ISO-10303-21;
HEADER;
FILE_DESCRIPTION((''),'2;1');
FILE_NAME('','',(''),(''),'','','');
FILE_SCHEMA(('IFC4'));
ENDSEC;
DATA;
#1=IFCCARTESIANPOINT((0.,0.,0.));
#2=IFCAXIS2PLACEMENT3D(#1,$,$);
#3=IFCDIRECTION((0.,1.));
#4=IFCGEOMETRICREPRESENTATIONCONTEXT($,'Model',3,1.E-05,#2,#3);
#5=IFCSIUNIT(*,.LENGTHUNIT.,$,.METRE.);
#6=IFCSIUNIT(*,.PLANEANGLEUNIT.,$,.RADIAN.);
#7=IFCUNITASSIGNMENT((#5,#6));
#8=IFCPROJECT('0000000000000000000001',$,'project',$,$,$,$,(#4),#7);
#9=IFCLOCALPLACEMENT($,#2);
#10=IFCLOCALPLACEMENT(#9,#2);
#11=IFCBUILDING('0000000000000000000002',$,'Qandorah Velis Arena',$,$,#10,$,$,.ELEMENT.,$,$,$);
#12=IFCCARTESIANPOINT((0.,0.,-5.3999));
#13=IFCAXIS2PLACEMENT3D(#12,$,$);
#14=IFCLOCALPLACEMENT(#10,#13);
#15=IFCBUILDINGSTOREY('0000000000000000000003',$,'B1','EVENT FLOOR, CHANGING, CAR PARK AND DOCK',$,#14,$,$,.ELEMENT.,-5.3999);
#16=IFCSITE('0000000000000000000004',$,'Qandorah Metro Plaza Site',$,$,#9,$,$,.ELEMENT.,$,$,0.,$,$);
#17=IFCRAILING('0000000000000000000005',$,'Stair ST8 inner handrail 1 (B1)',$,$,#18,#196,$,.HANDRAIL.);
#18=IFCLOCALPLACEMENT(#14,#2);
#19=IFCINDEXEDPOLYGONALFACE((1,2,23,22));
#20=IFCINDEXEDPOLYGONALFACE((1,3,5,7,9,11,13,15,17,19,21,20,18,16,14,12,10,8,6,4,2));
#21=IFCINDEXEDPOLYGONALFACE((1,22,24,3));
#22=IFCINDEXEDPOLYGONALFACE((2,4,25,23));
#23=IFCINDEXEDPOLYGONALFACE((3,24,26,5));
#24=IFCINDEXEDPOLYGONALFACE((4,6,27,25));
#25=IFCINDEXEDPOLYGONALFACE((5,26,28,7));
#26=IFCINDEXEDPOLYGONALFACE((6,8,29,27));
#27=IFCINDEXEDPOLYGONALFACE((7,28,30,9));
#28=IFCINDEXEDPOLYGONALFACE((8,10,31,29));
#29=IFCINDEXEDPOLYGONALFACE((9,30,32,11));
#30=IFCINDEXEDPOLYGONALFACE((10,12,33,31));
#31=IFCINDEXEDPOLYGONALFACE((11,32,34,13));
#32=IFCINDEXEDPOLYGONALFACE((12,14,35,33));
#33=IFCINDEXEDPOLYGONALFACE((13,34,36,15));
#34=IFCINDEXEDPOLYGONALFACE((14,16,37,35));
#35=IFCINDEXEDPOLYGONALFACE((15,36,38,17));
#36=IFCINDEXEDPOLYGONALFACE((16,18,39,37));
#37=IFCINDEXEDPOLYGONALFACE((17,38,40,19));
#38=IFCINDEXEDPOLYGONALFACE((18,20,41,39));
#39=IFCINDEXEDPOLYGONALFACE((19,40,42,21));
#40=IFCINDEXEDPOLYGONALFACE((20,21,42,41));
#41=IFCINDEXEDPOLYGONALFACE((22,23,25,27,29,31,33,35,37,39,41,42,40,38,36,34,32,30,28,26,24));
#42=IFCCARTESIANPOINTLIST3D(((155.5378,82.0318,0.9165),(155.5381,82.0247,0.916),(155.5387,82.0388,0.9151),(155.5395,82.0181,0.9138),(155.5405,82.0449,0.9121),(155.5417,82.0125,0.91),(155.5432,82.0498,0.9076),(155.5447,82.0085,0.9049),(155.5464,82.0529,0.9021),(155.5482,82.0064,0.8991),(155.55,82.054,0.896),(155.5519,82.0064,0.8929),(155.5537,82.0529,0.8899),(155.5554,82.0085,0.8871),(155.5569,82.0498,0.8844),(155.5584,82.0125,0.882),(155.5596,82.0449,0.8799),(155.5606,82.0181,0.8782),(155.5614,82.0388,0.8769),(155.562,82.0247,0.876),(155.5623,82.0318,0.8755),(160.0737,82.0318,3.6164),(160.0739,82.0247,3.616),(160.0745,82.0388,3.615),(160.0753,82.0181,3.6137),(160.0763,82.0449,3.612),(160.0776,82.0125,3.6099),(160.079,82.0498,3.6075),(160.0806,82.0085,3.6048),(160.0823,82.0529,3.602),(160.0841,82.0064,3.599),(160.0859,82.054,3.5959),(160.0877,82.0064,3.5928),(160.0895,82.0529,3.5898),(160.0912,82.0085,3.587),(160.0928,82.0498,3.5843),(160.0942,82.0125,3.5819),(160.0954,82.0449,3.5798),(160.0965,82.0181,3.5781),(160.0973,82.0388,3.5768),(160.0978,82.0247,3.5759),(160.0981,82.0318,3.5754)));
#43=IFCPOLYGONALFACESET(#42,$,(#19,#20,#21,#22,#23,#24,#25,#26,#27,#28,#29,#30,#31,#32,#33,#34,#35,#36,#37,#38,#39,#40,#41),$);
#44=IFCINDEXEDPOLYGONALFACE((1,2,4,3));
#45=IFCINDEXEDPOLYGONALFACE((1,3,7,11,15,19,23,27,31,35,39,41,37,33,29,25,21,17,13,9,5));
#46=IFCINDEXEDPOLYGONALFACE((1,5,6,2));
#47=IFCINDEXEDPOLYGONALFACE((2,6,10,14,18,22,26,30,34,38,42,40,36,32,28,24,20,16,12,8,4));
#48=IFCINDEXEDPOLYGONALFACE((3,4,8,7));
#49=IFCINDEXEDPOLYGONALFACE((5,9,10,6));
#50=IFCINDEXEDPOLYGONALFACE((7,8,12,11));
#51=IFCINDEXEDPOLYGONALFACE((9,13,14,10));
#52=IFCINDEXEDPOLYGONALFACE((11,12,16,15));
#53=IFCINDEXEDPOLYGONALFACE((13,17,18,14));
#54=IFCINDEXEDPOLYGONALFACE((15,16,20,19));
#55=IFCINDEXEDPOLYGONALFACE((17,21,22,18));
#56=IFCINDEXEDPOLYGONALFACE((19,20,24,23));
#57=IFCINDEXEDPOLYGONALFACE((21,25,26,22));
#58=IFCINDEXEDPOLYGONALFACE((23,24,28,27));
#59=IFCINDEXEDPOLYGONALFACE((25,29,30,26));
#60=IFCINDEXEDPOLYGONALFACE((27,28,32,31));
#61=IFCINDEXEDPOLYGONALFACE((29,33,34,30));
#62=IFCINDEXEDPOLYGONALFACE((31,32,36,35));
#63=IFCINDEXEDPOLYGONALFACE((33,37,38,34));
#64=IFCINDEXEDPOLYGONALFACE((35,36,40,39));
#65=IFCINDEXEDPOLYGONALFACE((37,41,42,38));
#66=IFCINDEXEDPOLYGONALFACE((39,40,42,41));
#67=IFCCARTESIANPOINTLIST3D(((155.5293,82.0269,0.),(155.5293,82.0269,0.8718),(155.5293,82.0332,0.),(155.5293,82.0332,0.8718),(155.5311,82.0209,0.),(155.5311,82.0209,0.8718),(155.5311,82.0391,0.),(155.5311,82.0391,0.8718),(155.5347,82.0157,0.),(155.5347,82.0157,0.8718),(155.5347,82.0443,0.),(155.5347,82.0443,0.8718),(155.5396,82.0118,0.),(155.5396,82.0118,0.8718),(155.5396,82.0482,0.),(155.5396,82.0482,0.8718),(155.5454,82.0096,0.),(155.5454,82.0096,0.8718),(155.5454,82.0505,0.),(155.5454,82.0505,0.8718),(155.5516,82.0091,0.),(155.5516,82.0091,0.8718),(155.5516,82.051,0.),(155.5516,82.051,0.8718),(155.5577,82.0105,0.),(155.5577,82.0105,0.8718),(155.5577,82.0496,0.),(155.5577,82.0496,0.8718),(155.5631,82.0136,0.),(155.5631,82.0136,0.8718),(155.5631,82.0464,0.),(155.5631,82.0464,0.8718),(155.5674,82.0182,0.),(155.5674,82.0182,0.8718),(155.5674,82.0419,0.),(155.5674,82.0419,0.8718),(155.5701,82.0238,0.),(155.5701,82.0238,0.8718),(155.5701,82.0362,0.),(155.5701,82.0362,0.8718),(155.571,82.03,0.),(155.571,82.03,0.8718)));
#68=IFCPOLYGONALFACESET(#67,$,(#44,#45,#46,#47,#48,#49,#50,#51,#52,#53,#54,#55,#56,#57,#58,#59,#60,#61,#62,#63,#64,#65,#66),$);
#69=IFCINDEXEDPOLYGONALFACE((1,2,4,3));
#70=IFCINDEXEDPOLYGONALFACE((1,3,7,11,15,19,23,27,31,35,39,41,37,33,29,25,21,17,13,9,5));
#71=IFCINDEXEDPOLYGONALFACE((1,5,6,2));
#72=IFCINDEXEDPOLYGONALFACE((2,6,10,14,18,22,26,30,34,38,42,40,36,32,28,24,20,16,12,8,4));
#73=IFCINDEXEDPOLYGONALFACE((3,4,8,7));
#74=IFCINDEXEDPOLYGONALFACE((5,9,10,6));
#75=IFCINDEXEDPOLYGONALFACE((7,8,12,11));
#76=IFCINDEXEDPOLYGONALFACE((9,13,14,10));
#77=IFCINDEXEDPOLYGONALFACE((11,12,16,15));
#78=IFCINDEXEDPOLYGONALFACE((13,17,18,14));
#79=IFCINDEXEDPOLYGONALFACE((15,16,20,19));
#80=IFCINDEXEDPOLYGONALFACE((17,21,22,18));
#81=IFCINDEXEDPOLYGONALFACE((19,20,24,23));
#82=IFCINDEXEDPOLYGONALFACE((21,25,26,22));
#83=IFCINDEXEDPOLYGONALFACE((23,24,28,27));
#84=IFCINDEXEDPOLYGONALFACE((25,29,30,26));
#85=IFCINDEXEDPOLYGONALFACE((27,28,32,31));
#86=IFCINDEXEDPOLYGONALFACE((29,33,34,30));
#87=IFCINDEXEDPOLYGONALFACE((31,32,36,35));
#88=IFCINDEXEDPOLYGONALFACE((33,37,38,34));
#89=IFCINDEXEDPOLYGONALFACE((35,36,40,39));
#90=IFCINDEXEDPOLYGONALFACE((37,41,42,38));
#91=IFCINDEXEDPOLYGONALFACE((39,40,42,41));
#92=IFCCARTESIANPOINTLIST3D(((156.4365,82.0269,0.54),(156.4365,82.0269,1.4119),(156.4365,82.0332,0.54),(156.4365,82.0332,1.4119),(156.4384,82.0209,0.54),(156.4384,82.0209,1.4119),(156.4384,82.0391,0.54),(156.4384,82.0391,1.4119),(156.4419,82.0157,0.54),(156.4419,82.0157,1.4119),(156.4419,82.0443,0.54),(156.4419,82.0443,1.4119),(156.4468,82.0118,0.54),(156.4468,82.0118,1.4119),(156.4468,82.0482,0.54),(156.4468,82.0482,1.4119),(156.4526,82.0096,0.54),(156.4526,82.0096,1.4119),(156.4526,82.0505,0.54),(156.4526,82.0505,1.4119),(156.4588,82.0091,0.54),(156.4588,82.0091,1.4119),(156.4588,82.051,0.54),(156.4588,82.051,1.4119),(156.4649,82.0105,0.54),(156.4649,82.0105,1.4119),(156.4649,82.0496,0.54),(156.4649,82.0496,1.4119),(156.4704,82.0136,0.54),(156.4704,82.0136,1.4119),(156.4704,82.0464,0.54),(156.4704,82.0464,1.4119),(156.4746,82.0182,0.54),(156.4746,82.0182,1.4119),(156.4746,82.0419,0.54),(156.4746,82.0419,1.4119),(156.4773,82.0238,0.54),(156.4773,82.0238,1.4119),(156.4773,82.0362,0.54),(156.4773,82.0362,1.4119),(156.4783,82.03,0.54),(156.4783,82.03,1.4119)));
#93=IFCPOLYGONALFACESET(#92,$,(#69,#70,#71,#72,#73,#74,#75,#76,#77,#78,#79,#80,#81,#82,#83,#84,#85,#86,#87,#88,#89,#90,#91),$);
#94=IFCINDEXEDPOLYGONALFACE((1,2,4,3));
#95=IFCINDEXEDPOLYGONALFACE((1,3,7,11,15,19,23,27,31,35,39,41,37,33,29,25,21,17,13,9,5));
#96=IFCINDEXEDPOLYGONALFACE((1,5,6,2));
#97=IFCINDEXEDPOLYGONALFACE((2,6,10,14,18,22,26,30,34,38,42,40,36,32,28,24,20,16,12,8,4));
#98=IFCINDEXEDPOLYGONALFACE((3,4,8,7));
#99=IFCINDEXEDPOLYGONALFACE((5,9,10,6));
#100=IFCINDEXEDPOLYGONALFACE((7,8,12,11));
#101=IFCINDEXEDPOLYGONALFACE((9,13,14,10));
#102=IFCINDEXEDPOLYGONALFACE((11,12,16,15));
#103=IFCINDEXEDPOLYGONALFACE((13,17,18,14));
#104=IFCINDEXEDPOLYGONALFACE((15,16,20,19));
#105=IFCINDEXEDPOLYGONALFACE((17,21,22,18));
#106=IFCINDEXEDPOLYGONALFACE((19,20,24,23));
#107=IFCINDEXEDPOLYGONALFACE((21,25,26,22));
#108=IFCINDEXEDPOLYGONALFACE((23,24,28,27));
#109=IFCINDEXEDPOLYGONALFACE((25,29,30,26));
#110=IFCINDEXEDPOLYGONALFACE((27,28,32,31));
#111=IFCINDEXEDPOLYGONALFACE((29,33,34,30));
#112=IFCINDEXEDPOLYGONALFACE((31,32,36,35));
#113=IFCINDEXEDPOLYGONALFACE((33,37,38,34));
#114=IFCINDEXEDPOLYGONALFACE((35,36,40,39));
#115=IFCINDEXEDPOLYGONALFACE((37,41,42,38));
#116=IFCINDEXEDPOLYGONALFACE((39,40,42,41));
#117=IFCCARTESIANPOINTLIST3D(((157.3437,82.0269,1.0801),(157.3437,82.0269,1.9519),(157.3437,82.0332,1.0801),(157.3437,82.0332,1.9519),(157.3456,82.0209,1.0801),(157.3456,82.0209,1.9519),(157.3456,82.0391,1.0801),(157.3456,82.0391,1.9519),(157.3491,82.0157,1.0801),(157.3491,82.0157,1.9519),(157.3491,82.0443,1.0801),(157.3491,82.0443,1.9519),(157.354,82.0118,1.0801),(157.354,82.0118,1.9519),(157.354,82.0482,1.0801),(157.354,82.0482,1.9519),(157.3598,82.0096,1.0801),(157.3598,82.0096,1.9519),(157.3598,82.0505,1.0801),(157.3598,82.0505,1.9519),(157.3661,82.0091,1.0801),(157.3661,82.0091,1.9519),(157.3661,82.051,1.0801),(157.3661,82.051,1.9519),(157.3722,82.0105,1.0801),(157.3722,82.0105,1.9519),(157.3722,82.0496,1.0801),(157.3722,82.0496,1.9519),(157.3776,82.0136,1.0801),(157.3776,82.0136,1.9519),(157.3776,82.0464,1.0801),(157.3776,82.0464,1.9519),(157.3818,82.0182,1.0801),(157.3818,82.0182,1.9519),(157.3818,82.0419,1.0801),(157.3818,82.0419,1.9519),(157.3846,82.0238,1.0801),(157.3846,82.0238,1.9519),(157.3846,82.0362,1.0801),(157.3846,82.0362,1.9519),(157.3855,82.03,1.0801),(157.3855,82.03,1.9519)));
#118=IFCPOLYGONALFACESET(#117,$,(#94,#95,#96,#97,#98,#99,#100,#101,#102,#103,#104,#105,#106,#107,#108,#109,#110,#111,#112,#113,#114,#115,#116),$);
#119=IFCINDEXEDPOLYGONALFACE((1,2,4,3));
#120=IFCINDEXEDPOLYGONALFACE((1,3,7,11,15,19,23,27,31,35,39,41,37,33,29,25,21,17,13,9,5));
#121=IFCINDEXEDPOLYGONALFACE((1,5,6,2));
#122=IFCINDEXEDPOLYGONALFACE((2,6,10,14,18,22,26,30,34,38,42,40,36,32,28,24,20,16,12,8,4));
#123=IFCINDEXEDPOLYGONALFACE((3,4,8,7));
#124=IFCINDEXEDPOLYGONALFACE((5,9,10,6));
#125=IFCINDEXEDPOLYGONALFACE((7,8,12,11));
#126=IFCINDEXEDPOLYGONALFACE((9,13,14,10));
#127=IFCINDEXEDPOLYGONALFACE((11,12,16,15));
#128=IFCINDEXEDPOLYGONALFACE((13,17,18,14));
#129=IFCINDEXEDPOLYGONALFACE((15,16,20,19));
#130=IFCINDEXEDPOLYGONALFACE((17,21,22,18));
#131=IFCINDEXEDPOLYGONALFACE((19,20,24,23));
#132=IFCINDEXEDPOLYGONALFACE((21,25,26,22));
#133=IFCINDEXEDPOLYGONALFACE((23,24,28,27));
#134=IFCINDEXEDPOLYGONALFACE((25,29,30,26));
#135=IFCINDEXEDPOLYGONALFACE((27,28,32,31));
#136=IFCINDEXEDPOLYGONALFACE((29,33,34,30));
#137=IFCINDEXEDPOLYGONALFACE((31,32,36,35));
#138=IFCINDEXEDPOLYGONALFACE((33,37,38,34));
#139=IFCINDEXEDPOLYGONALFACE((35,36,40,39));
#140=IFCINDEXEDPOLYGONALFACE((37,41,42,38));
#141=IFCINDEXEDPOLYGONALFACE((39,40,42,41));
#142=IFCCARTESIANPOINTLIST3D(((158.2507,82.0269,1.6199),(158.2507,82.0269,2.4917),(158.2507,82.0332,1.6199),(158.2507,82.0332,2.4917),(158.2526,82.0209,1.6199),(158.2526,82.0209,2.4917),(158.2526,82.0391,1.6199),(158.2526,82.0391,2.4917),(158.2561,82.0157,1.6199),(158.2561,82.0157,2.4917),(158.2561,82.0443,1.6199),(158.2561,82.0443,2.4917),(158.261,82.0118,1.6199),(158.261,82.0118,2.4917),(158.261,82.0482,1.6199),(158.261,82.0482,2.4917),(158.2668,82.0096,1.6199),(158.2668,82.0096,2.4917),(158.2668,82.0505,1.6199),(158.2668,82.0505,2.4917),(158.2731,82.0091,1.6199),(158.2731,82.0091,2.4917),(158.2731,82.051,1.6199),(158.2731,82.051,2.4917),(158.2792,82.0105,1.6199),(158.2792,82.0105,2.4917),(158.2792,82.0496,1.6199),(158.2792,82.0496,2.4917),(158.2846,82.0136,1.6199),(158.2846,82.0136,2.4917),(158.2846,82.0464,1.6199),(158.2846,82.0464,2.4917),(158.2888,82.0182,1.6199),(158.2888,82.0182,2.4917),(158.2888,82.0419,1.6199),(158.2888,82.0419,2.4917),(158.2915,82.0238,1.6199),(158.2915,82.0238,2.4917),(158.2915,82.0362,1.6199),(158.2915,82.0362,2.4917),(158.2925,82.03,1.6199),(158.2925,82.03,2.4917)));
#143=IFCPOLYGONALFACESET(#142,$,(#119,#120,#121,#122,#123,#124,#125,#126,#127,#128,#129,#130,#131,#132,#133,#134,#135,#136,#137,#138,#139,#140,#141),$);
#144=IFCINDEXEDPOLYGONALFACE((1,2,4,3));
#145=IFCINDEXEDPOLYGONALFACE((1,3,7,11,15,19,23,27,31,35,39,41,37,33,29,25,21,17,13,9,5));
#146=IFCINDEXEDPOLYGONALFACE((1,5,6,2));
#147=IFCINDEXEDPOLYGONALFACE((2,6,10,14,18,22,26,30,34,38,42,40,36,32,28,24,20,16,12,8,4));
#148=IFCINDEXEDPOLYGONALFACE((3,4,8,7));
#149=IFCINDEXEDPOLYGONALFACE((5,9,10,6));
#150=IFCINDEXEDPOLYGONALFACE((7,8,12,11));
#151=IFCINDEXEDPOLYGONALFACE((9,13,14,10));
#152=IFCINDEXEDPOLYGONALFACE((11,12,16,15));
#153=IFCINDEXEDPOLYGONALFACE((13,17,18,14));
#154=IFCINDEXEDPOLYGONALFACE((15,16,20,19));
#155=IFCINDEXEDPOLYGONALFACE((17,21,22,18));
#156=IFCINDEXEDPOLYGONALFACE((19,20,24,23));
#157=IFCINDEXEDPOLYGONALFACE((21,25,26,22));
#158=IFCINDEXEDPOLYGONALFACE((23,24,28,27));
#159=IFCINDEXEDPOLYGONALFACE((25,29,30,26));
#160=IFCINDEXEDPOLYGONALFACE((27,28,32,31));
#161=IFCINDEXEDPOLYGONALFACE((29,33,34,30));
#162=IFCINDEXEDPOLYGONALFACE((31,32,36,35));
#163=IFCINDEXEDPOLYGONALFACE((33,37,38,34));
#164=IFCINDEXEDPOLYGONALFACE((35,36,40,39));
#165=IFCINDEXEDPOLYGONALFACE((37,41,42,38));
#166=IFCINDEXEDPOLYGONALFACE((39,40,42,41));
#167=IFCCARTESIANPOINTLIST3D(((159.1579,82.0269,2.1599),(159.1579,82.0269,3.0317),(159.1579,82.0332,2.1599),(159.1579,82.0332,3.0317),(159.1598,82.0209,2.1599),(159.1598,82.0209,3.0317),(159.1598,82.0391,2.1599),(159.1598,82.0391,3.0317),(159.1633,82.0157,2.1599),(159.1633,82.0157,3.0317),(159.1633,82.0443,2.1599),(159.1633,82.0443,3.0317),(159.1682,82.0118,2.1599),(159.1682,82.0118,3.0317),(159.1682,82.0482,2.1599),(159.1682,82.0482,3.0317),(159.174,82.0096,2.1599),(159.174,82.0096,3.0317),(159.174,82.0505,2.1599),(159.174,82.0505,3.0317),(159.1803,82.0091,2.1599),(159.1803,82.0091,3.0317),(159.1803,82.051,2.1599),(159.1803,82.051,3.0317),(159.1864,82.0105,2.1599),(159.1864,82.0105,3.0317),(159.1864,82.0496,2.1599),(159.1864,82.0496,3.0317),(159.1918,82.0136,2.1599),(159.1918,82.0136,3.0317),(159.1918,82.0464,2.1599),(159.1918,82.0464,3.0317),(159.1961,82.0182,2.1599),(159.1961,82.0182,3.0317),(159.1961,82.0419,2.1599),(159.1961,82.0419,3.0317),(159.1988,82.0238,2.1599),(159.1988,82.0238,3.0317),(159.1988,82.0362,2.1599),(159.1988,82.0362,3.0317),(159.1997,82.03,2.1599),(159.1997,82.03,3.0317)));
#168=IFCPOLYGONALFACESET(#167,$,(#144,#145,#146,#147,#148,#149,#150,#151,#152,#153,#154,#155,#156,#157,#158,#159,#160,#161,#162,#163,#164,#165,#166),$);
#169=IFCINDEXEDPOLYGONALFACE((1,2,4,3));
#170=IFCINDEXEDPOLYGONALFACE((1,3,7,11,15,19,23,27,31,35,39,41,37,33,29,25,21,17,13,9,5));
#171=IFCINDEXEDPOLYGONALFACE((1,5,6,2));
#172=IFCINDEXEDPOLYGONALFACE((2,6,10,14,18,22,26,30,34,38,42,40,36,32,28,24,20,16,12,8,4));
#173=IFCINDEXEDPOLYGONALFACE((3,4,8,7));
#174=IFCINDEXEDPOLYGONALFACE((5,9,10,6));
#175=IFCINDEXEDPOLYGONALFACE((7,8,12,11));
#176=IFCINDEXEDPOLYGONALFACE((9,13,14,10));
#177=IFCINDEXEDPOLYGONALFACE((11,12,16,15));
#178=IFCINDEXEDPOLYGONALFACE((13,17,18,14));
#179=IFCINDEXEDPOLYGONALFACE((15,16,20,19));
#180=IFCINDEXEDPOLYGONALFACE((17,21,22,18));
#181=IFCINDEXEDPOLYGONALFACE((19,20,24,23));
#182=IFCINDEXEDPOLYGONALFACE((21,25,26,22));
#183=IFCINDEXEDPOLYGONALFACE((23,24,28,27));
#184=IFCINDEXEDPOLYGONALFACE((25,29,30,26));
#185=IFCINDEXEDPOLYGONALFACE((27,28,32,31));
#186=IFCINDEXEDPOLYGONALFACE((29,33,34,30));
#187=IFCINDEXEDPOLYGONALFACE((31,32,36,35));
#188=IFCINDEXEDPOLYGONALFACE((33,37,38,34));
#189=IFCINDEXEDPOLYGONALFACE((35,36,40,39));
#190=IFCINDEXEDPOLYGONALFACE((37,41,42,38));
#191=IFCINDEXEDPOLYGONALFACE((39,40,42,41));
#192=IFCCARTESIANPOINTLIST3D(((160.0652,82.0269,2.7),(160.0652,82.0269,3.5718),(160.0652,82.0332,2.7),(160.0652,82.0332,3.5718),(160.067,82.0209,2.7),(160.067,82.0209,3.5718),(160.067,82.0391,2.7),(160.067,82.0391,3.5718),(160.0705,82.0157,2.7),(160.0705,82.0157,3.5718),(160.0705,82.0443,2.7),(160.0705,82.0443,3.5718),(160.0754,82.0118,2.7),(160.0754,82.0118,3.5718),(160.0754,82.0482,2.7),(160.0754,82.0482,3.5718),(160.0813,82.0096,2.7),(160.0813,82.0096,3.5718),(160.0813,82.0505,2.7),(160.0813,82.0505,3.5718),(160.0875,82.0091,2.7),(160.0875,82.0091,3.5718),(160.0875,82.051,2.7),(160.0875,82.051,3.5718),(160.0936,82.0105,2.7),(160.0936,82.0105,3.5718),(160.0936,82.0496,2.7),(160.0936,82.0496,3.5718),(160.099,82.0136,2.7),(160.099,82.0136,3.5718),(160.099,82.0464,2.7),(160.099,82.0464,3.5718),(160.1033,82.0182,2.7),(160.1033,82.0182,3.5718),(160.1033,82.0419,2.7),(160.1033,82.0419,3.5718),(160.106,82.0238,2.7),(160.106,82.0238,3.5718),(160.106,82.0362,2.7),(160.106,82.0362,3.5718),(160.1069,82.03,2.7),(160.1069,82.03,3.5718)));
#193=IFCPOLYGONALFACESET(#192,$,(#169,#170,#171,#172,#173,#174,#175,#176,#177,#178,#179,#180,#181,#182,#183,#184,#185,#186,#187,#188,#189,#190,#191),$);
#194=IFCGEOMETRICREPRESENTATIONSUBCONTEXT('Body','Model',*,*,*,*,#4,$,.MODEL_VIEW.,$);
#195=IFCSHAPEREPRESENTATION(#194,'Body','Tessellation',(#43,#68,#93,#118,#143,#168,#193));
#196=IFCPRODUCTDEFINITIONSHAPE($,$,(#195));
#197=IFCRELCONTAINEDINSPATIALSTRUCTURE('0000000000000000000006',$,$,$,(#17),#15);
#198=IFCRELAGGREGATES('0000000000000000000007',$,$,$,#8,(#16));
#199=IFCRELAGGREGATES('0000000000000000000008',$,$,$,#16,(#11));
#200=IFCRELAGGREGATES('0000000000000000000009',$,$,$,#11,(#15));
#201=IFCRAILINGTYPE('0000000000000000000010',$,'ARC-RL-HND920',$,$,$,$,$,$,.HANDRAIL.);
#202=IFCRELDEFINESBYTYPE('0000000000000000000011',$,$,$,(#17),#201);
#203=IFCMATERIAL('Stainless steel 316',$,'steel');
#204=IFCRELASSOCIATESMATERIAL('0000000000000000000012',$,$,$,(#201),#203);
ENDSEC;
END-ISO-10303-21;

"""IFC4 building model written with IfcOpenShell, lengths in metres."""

from ifc_helpers import new_model, si_unit, direction, frame, origin, origin_2d, place, context, subcontext, project, spatial, circle, extrude, material, type_object, element, save


model = new_model("IFC4")

# Units and contexts
model_context = context("Model", 3, precision=1e-05, world=origin(), true_north=direction((0.0, 1.0)))
body_context = subcontext(model_context, "Body", "Model", "MODEL_VIEW")
ifc_project = project(units=[si_unit("LENGTHUNIT", "METRE"), si_unit("PLANEANGLEUNIT", "RADIAN")], contexts=[model_context])

# Site, building, storey
site_placement = place(None, origin())
site = spatial("IfcSite", under=ifc_project, at=site_placement, Name="Qandorah Metro Plaza Site", CompositionType="ELEMENT", RefElevation=0.0)
building_placement = place(site_placement, origin())
building = spatial("IfcBuilding", under=site, at=building_placement, Name="Qandorah Velis Arena", CompositionType="ELEMENT")
storey_placement = place(building_placement, frame((0.0, 0.0, -5.3999)))
storey = spatial("IfcBuildingStorey", under=building, at=storey_placement, Name="B1", Description="EVENT FLOOR, CHANGING, CAR PARK AND DOCK", CompositionType="ELEMENT", Elevation=-5.3999)

# Railing
ifc_material_1 = material(Name="Stainless steel 316", Category="steel")
railing_type_1 = type_object("IfcRailingType", Name="ARC-RL-HND920", PredefinedType="HANDRAIL", material=ifc_material_1)
railing_1_placement = place(storey_placement, frame((155.55, 82.03, 0.0)))
element("IfcRailing", 1, at=railing_1_placement, inside=storey, type_object=railing_type_1, Name="Stair ST8 inner handrail 1 (B1)", PredefinedType="HANDRAIL", context=body_context, shape_type="SweptSolid", body=[
    extrude(circle(Radius=0.0239, at=origin_2d()), frame((0.0, 0.0, 0.896), z_axis=(0.859291, 0.0, 0.511486), x_axis=(0.0, 1.0, 0.0)), (0.0, 0.0, 1.0), 5.2786),
    extrude(circle(Radius=0.021, at=origin_2d()), origin(), (0.0, 0.0, 1.0), 0.8718),
    extrude(circle(Radius=0.021, at=origin_2d()), frame((0.9072, 0.0, 0.54)), (0.0, 0.0, 1.0), 0.8718),
    extrude(circle(Radius=0.021, at=origin_2d()), frame((1.8145, 0.0, 1.0801)), (0.0, 0.0, 1.0), 0.8718),
    extrude(circle(Radius=0.021, at=origin_2d()), frame((2.7214, 0.0, 1.6199)), (0.0, 0.0, 1.0), 0.8718),
    extrude(circle(Radius=0.021, at=origin_2d()), frame((3.6287, 0.0, 2.1599)), (0.0, 0.0, 1.0), 0.8718),
    extrude(circle(Radius=0.021, at=origin_2d()), frame((4.5359, 0.0, 2.7)), (0.0, 0.0, 1.0), 0.8718),
])

save(model, "model.ifc")
